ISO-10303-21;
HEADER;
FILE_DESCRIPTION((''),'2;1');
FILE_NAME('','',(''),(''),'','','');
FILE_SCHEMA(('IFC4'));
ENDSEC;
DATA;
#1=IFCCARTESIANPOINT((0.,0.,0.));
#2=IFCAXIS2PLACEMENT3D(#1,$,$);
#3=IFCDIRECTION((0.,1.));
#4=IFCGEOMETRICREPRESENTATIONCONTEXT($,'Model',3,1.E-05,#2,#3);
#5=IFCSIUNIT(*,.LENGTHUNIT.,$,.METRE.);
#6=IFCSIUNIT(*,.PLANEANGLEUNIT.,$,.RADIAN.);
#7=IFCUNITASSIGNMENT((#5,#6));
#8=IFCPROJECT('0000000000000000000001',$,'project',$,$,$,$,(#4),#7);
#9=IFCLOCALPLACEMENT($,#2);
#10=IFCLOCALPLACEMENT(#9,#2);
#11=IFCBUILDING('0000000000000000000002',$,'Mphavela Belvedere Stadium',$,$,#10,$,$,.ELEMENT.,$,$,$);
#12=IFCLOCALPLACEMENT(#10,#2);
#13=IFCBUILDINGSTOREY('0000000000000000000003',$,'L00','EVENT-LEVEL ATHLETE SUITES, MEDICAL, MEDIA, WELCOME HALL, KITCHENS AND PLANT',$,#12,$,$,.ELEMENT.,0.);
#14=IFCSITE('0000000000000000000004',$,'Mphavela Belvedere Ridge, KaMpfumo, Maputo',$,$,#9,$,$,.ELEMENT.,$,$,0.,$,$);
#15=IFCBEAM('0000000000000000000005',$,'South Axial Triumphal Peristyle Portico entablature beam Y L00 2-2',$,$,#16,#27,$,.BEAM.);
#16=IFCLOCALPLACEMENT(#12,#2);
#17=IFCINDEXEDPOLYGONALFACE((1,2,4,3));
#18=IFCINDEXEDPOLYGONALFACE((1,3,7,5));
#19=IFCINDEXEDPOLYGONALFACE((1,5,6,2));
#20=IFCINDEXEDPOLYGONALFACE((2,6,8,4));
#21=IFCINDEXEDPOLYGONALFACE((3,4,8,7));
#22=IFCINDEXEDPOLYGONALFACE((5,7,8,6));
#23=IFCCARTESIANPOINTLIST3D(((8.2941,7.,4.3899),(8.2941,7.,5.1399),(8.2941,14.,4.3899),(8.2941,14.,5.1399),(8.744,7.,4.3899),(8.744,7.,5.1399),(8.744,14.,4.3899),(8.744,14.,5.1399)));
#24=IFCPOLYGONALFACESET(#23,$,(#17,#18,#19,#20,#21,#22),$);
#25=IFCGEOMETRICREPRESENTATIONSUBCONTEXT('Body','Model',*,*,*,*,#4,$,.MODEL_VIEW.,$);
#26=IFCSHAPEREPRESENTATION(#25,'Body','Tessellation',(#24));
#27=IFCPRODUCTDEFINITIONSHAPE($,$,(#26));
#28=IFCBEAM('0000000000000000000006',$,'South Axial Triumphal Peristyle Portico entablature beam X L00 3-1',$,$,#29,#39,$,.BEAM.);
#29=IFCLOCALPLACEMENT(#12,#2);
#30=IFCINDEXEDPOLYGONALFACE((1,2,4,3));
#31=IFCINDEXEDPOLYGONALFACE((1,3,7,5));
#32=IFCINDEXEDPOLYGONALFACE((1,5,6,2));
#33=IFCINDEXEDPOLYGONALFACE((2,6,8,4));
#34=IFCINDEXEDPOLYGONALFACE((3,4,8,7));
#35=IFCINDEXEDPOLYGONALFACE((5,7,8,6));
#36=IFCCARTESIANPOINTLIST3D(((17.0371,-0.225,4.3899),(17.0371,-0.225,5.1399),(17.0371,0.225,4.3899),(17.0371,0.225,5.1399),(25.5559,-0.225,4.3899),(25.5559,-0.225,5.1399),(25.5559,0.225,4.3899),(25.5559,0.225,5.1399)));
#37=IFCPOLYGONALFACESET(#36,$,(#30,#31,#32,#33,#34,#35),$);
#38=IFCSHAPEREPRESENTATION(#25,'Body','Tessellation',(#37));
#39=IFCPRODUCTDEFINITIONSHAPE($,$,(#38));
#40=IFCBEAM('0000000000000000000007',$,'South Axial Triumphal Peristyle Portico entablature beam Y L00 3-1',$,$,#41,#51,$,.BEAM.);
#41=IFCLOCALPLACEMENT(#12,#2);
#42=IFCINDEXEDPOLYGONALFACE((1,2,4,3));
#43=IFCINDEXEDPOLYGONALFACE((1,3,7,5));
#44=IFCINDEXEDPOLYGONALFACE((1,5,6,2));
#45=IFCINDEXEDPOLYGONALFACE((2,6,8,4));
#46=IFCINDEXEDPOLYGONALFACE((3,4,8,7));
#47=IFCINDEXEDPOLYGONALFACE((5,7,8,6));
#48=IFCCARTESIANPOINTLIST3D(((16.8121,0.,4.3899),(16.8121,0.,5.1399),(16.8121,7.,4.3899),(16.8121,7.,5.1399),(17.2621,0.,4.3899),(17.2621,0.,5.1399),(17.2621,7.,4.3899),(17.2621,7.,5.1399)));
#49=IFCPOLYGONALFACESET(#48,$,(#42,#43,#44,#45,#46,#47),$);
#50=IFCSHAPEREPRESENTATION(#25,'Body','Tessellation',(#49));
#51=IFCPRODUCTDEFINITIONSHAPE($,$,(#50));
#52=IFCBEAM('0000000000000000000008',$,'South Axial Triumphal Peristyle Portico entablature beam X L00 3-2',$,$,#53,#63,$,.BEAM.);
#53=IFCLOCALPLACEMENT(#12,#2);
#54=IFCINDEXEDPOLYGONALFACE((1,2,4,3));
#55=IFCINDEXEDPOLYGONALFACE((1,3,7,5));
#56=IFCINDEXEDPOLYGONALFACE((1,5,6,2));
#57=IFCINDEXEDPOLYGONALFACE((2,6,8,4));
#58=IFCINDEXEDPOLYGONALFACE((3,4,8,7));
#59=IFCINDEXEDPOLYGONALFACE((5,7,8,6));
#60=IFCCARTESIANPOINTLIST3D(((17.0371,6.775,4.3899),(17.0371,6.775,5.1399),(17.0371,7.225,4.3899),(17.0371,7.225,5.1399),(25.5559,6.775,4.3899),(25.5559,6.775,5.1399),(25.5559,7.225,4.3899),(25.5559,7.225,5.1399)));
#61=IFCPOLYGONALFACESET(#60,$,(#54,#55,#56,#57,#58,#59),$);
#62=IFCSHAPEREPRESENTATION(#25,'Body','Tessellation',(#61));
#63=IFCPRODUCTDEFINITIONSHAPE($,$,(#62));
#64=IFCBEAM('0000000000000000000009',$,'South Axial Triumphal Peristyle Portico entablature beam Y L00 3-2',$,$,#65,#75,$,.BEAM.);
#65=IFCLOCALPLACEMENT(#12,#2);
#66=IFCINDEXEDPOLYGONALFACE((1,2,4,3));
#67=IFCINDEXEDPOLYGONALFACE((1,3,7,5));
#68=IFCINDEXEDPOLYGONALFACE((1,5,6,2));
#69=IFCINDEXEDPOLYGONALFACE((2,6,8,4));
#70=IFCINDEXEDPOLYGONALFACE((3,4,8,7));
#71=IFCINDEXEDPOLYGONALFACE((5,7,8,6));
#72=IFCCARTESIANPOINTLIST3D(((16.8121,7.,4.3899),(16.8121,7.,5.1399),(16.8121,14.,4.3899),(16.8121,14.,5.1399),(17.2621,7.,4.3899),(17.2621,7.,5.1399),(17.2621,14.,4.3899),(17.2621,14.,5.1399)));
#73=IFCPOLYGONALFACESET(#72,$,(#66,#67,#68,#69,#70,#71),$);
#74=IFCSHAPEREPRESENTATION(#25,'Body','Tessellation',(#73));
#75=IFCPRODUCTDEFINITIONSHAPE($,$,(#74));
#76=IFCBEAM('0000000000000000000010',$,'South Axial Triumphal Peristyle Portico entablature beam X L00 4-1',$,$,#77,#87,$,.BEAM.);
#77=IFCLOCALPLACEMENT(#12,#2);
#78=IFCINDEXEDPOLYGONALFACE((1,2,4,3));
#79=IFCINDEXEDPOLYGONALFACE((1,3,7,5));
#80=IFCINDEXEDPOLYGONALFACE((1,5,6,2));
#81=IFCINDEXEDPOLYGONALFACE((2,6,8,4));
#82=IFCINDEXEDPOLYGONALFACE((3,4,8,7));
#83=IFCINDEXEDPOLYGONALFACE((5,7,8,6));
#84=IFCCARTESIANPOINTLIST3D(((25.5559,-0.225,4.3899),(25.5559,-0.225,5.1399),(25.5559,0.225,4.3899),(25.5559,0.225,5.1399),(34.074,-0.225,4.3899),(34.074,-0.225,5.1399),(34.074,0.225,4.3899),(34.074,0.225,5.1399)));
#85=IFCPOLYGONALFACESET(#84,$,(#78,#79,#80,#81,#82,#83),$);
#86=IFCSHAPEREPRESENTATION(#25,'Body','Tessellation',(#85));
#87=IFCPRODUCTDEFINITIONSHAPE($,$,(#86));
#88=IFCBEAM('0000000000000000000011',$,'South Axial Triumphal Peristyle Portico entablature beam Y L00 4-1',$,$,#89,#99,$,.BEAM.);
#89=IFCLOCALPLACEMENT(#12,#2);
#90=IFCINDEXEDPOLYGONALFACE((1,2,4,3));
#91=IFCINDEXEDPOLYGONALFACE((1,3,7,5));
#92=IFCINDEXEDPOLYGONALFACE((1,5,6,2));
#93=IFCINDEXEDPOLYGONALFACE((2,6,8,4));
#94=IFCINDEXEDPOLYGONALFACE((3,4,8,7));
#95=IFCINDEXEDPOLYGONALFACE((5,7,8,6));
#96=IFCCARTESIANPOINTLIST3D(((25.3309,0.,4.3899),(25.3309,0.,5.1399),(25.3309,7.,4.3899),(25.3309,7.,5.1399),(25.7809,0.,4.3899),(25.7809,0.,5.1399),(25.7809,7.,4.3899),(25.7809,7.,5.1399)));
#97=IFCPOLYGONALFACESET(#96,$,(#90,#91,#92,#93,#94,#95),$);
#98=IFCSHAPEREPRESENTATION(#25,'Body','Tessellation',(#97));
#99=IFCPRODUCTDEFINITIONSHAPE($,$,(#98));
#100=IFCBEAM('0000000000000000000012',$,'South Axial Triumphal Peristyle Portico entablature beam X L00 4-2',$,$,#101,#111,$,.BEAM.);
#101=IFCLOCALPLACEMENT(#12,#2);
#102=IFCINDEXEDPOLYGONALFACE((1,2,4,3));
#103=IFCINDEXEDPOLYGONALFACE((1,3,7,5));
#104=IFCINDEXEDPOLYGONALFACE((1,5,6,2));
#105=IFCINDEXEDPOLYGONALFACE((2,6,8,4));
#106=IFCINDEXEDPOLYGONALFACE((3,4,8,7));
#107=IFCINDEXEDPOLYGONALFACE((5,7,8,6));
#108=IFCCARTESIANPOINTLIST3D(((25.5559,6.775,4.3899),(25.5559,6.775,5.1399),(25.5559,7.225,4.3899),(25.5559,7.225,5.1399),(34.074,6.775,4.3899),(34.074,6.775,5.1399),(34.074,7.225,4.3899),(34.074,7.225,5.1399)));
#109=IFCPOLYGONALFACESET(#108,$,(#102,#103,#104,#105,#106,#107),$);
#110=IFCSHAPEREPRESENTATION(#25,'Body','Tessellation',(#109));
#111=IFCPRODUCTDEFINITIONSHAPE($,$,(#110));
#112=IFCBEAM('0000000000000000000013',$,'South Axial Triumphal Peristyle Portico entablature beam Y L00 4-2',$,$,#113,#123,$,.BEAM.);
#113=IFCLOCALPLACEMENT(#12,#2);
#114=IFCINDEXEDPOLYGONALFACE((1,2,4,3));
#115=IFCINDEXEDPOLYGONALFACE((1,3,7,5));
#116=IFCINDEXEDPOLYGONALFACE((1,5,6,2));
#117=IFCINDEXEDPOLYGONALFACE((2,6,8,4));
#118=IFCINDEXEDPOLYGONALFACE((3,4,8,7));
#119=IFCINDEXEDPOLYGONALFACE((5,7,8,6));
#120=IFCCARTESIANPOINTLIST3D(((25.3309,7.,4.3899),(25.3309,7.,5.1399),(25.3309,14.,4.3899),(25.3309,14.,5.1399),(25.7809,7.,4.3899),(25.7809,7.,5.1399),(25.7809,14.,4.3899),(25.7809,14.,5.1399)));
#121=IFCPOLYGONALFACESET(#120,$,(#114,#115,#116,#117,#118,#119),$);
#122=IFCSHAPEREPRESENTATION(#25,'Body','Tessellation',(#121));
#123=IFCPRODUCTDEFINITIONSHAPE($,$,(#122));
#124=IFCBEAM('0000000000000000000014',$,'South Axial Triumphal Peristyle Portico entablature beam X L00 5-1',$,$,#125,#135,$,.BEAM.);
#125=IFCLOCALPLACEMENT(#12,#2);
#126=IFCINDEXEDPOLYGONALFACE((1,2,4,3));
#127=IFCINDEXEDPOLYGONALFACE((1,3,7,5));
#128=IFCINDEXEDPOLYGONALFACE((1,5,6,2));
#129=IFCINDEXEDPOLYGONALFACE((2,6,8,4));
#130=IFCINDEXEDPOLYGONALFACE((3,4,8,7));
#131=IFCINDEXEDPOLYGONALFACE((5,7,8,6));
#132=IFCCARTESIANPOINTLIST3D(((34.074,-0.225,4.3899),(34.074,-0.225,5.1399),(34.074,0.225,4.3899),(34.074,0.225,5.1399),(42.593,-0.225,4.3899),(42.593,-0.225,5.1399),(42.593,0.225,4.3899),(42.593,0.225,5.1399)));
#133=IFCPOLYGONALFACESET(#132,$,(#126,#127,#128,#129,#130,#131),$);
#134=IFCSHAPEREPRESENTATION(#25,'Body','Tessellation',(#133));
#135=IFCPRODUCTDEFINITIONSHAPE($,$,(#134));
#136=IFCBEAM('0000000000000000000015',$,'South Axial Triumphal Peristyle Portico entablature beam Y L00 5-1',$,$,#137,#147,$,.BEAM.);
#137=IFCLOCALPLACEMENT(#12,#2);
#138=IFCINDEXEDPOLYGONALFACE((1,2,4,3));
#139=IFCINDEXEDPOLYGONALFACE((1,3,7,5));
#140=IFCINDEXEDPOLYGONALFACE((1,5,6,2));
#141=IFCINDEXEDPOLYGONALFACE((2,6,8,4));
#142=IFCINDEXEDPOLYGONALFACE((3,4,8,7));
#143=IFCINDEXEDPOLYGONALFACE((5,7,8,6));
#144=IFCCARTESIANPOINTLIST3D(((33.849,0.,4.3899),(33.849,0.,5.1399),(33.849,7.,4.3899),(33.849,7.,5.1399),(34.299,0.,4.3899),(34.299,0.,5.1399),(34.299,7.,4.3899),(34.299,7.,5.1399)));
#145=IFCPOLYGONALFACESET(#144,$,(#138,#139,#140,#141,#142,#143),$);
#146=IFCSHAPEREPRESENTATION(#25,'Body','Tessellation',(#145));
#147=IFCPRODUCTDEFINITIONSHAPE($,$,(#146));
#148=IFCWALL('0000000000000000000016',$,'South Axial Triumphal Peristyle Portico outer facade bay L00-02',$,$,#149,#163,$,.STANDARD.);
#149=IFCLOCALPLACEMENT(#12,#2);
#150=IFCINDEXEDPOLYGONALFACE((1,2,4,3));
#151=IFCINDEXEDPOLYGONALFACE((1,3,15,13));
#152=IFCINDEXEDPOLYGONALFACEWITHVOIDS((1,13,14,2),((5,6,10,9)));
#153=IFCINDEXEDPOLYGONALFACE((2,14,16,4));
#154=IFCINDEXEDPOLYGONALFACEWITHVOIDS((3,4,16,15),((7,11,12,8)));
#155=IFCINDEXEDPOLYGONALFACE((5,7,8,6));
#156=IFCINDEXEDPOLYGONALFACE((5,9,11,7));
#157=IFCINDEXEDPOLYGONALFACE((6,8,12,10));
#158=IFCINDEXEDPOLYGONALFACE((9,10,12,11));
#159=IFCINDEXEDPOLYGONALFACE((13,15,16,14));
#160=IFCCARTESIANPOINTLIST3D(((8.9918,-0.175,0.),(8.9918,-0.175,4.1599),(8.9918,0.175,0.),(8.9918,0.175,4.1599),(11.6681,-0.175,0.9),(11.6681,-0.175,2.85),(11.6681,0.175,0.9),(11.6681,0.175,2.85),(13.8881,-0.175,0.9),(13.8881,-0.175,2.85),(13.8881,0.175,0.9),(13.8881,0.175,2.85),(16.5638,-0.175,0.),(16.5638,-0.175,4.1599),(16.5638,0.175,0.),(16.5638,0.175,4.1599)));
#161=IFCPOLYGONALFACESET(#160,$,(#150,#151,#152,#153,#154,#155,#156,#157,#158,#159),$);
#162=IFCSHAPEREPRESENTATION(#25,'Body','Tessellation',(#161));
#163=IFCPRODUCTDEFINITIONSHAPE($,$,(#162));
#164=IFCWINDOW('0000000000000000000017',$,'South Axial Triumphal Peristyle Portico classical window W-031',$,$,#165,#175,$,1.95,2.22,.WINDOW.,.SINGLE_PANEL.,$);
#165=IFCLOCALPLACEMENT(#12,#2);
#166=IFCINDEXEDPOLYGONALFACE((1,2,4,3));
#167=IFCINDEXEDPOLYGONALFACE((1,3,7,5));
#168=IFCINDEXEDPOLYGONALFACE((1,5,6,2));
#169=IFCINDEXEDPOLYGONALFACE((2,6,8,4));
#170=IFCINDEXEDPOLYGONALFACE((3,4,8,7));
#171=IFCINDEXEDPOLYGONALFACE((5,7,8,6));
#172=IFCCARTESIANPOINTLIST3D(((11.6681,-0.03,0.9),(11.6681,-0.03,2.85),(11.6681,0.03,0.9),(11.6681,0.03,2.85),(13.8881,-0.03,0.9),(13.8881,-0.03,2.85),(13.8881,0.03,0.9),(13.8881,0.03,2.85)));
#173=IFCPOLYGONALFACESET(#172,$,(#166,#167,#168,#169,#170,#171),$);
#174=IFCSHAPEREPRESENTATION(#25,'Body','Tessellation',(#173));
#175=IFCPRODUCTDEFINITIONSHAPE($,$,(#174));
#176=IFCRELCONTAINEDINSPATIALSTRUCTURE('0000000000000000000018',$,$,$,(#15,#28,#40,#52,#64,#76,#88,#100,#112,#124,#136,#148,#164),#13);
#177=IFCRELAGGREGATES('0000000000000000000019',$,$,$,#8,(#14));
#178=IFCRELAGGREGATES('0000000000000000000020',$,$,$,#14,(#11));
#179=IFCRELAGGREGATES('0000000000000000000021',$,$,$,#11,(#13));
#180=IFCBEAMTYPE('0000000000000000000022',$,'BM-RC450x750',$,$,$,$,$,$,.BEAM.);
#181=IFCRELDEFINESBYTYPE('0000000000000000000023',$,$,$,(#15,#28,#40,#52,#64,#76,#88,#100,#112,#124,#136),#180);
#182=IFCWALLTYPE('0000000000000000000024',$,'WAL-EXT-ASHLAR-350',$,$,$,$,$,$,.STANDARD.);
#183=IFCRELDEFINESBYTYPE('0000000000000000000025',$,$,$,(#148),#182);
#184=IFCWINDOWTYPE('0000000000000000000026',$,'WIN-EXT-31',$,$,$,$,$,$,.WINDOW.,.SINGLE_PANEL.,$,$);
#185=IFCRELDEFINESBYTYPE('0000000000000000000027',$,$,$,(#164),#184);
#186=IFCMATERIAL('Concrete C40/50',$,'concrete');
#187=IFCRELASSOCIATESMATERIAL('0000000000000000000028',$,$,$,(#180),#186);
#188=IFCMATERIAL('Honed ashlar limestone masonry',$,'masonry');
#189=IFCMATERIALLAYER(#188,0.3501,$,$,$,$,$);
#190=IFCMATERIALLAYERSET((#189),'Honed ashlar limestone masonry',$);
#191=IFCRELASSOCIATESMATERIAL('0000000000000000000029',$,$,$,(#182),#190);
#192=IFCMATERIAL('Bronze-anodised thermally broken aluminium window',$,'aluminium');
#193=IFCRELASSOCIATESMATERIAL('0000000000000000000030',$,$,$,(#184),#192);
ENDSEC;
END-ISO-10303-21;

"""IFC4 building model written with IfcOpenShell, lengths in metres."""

from ifc_helpers import new_model, si_unit, direction, frame, frame_2d, origin, origin_2d, place, context, subcontext, project, spatial, rectangle, extrude, material, layer, layer_set, material_profile, profile_set, type_object, element, fill, save


model = new_model("IFC4")

# Units and contexts
model_context = context("Model", 3, precision=1e-05, world=origin(), true_north=direction((0.0, 1.0)))
body_context = subcontext(model_context, "Body", "Model", "MODEL_VIEW")
ifc_project = project(units=[si_unit("LENGTHUNIT", "METRE"), si_unit("PLANEANGLEUNIT", "RADIAN")], contexts=[model_context])

# Site, building, storey
site_placement = place(None, origin())
site = spatial("IfcSite", under=ifc_project, at=site_placement, Name="Mphavela Belvedere Ridge, KaMpfumo, Maputo", CompositionType="ELEMENT", RefElevation=0.0)
building_placement = place(site_placement, origin())
building = spatial("IfcBuilding", under=site, at=building_placement, Name="Mphavela Belvedere Stadium", CompositionType="ELEMENT")
storey_placement = place(building_placement, origin())
storey = spatial("IfcBuildingStorey", under=building, at=storey_placement, Name="L00", Description="EVENT-LEVEL ATHLETE SUITES, MEDICAL, MEDIA, WELCOME HALL, KITCHENS AND PLANT", CompositionType="ELEMENT", Elevation=0.0)

# Beams
ifc_material_1 = material(Name="Concrete C40/50", Category="concrete")
ifc_material_profile_1 = material_profile(ifc_material_1, rectangle(XDim=0.45, YDim=0.75, at=origin_2d()), Name="RC 450x750")
ifc_profile_set_1 = profile_set([ifc_material_profile_1], Name="Concrete C40/50")
beam_type_1 = type_object("IfcBeamType", Name="BM-RC450x750", PredefinedType="BEAM", material=ifc_profile_set_1)
beam_1_placement = place(storey_placement, frame((8.519, 7.0, 4.7649), z_axis=(0.0, 1.0, 0.0), x_axis=(-1.0, 0.0, 0.0)))
element("IfcBeam", 1, at=beam_1_placement, inside=storey, type_object=beam_type_1, Name="South Axial Triumphal Peristyle Portico entablature beam Y L00 2-2", PredefinedType="BEAM", context=body_context, shape_type="SweptSolid", body=[
    extrude(rectangle(XDim=0.45, YDim=0.75, at=origin_2d()), origin(), (0.0, 0.0, 1.0), 7.0),
])
beam_2_placement = place(storey_placement, frame((17.0371, 0.0, 4.7649), z_axis=(1.0, 0.0, 0.0), x_axis=(0.0, 1.0, 0.0)))
element("IfcBeam", 2, at=beam_2_placement, inside=storey, type_object=beam_type_1, Name="South Axial Triumphal Peristyle Portico entablature beam X L00 3-1", PredefinedType="BEAM", context=body_context, shape_type="SweptSolid", body=[
    extrude(rectangle(XDim=0.45, YDim=0.75, at=origin_2d()), origin(), (0.0, 0.0, 1.0), 8.5188),
])
beam_3_placement = place(storey_placement, frame((17.0371, 0.0, 4.7649), z_axis=(0.0, 1.0, 0.0), x_axis=(-1.0, 0.0, 0.0)))
element("IfcBeam", 3, at=beam_3_placement, inside=storey, type_object=beam_type_1, Name="South Axial Triumphal Peristyle Portico entablature beam Y L00 3-1", PredefinedType="BEAM", context=body_context, shape_type="SweptSolid", body=[
    extrude(rectangle(XDim=0.45, YDim=0.75, at=origin_2d()), origin(), (0.0, 0.0, 1.0), 7.0),
])
beam_4_placement = place(storey_placement, frame((17.0371, 7.0, 4.7649), z_axis=(1.0, 0.0, 0.0), x_axis=(0.0, 1.0, 0.0)))
element("IfcBeam", 4, at=beam_4_placement, inside=storey, type_object=beam_type_1, Name="South Axial Triumphal Peristyle Portico entablature beam X L00 3-2", PredefinedType="BEAM", context=body_context, shape_type="SweptSolid", body=[
    extrude(rectangle(XDim=0.45, YDim=0.75, at=origin_2d()), origin(), (0.0, 0.0, 1.0), 8.5188),
])
beam_5_placement = place(storey_placement, frame((17.0371, 7.0, 4.7649), z_axis=(0.0, 1.0, 0.0), x_axis=(-1.0, 0.0, 0.0)))
element("IfcBeam", 5, at=beam_5_placement, inside=storey, type_object=beam_type_1, Name="South Axial Triumphal Peristyle Portico entablature beam Y L00 3-2", PredefinedType="BEAM", context=body_context, shape_type="SweptSolid", body=[
    extrude(rectangle(XDim=0.45, YDim=0.75, at=origin_2d()), origin(), (0.0, 0.0, 1.0), 7.0),
])
beam_6_placement = place(storey_placement, frame((25.5559, 0.0, 4.7649), z_axis=(1.0, 0.0, 0.0), x_axis=(0.0, 1.0, 0.0)))
element("IfcBeam", 6, at=beam_6_placement, inside=storey, type_object=beam_type_1, Name="South Axial Triumphal Peristyle Portico entablature beam X L00 4-1", PredefinedType="BEAM", context=body_context, shape_type="SweptSolid", body=[
    extrude(rectangle(XDim=0.45, YDim=0.75, at=origin_2d()), origin(), (0.0, 0.0, 1.0), 8.5181),
])
beam_7_placement = place(storey_placement, frame((25.5559, 0.0, 4.7649), z_axis=(0.0, 1.0, 0.0), x_axis=(-1.0, 0.0, 0.0)))
element("IfcBeam", 7, at=beam_7_placement, inside=storey, type_object=beam_type_1, Name="South Axial Triumphal Peristyle Portico entablature beam Y L00 4-1", PredefinedType="BEAM", context=body_context, shape_type="SweptSolid", body=[
    extrude(rectangle(XDim=0.45, YDim=0.75, at=origin_2d()), origin(), (0.0, 0.0, 1.0), 7.0),
])
beam_8_placement = place(storey_placement, frame((25.5559, 7.0, 4.7649), z_axis=(1.0, 0.0, 0.0), x_axis=(0.0, 1.0, 0.0)))
element("IfcBeam", 8, at=beam_8_placement, inside=storey, type_object=beam_type_1, Name="South Axial Triumphal Peristyle Portico entablature beam X L00 4-2", PredefinedType="BEAM", context=body_context, shape_type="SweptSolid", body=[
    extrude(rectangle(XDim=0.45, YDim=0.75, at=origin_2d()), origin(), (0.0, 0.0, 1.0), 8.5181),
])
beam_9_placement = place(storey_placement, frame((25.5559, 7.0, 4.7649), z_axis=(0.0, 1.0, 0.0), x_axis=(-1.0, 0.0, 0.0)))
element("IfcBeam", 9, at=beam_9_placement, inside=storey, type_object=beam_type_1, Name="South Axial Triumphal Peristyle Portico entablature beam Y L00 4-2", PredefinedType="BEAM", context=body_context, shape_type="SweptSolid", body=[
    extrude(rectangle(XDim=0.45, YDim=0.75, at=origin_2d()), origin(), (0.0, 0.0, 1.0), 7.0),
])
beam_10_placement = place(storey_placement, frame((34.074, 0.0, 4.7649), z_axis=(1.0, 0.0, 0.0), x_axis=(0.0, 1.0, 0.0)))
element("IfcBeam", 10, at=beam_10_placement, inside=storey, type_object=beam_type_1, Name="South Axial Triumphal Peristyle Portico entablature beam X L00 5-1", PredefinedType="BEAM", context=body_context, shape_type="SweptSolid", body=[
    extrude(rectangle(XDim=0.45, YDim=0.75, at=origin_2d()), origin(), (0.0, 0.0, 1.0), 8.519),
])
beam_11_placement = place(storey_placement, frame((34.074, 0.0, 4.7649), z_axis=(0.0, 1.0, 0.0), x_axis=(-1.0, 0.0, 0.0)))
element("IfcBeam", 11, at=beam_11_placement, inside=storey, type_object=beam_type_1, Name="South Axial Triumphal Peristyle Portico entablature beam Y L00 5-1", PredefinedType="BEAM", context=body_context, shape_type="SweptSolid", body=[
    extrude(rectangle(XDim=0.45, YDim=0.75, at=origin_2d()), origin(), (0.0, 0.0, 1.0), 7.0),
])

# Wall, opening, window
ifc_material_2 = material(Name="Honed ashlar limestone masonry", Category="masonry")
ifc_layer = layer(ifc_material_2, 0.3501)
ifc_layer_set = layer_set([ifc_layer], Name="Honed ashlar limestone masonry")
wall_type = type_object("IfcWallType", Name="WAL-EXT-ASHLAR-350", PredefinedType="STANDARD", material=ifc_layer_set)
wall_1_placement = place(storey_placement, frame((16.564, 0.0, 0.0), z_axis=(0.0, 0.0, 1.0), x_axis=(-1.0, 0.0, 0.0)))
wall_1 = element("IfcWall", 12, at=wall_1_placement, inside=storey, type_object=wall_type, Name="South Axial Triumphal Peristyle Portico outer facade bay L00-02", PredefinedType="STANDARD", context=body_context, shape_type="SweptSolid", body=[
    extrude(rectangle(XDim=7.572, YDim=0.3501, at=frame_2d((3.7861, 0.0))), origin(), (0.0, 0.0, 1.0), 4.1599),
])
opening_1_placement = place(wall_1_placement, frame((2.676, 0.0, 0.8999)))
opening_1 = element("IfcOpeningElement", 13, at=opening_1_placement, cuts=wall_1, PredefinedType="OPENING", context=body_context, shape_type="SweptSolid", body=[
    extrude(rectangle(XDim=2.22, YDim=1.95, at=frame_2d((1.1099, 0.9751))), frame((0.0, 0.1851, 0.0), z_axis=(0.0, -1.0, 0.0), x_axis=(1.0, 0.0, 0.0)), (0.0, 0.0, 1.0), 0.3701),
])
ifc_material_3 = material(Name="Bronze-anodised thermally broken aluminium window", Category="aluminium")
window_type_1 = type_object("IfcWindowType", Name="WIN-EXT-31", PartitioningType="SINGLE_PANEL", PredefinedType="WINDOW", material=ifc_material_3)
window_1_placement = place(opening_1_placement, origin())
window_1 = element("IfcWindow", 14, at=window_1_placement, inside=storey, type_object=window_type_1, Name="South Axial Triumphal Peristyle Portico classical window W-031", OverallHeight=1.95, OverallWidth=2.22, PartitioningType="SINGLE_PANEL", PredefinedType="WINDOW", context=body_context, shape_type="SweptSolid", body=[
    extrude(rectangle(XDim=2.22, YDim=1.95, at=frame_2d((1.1099, 0.9751))), frame((0.0, 0.03, 0.0), z_axis=(0.0, -1.0, 0.0), x_axis=(1.0, 0.0, 0.0)), (0.0, 0.0, 1.0), 0.0601),
])
fill(opening_1, window_1)

save(model, "model.ifc")
